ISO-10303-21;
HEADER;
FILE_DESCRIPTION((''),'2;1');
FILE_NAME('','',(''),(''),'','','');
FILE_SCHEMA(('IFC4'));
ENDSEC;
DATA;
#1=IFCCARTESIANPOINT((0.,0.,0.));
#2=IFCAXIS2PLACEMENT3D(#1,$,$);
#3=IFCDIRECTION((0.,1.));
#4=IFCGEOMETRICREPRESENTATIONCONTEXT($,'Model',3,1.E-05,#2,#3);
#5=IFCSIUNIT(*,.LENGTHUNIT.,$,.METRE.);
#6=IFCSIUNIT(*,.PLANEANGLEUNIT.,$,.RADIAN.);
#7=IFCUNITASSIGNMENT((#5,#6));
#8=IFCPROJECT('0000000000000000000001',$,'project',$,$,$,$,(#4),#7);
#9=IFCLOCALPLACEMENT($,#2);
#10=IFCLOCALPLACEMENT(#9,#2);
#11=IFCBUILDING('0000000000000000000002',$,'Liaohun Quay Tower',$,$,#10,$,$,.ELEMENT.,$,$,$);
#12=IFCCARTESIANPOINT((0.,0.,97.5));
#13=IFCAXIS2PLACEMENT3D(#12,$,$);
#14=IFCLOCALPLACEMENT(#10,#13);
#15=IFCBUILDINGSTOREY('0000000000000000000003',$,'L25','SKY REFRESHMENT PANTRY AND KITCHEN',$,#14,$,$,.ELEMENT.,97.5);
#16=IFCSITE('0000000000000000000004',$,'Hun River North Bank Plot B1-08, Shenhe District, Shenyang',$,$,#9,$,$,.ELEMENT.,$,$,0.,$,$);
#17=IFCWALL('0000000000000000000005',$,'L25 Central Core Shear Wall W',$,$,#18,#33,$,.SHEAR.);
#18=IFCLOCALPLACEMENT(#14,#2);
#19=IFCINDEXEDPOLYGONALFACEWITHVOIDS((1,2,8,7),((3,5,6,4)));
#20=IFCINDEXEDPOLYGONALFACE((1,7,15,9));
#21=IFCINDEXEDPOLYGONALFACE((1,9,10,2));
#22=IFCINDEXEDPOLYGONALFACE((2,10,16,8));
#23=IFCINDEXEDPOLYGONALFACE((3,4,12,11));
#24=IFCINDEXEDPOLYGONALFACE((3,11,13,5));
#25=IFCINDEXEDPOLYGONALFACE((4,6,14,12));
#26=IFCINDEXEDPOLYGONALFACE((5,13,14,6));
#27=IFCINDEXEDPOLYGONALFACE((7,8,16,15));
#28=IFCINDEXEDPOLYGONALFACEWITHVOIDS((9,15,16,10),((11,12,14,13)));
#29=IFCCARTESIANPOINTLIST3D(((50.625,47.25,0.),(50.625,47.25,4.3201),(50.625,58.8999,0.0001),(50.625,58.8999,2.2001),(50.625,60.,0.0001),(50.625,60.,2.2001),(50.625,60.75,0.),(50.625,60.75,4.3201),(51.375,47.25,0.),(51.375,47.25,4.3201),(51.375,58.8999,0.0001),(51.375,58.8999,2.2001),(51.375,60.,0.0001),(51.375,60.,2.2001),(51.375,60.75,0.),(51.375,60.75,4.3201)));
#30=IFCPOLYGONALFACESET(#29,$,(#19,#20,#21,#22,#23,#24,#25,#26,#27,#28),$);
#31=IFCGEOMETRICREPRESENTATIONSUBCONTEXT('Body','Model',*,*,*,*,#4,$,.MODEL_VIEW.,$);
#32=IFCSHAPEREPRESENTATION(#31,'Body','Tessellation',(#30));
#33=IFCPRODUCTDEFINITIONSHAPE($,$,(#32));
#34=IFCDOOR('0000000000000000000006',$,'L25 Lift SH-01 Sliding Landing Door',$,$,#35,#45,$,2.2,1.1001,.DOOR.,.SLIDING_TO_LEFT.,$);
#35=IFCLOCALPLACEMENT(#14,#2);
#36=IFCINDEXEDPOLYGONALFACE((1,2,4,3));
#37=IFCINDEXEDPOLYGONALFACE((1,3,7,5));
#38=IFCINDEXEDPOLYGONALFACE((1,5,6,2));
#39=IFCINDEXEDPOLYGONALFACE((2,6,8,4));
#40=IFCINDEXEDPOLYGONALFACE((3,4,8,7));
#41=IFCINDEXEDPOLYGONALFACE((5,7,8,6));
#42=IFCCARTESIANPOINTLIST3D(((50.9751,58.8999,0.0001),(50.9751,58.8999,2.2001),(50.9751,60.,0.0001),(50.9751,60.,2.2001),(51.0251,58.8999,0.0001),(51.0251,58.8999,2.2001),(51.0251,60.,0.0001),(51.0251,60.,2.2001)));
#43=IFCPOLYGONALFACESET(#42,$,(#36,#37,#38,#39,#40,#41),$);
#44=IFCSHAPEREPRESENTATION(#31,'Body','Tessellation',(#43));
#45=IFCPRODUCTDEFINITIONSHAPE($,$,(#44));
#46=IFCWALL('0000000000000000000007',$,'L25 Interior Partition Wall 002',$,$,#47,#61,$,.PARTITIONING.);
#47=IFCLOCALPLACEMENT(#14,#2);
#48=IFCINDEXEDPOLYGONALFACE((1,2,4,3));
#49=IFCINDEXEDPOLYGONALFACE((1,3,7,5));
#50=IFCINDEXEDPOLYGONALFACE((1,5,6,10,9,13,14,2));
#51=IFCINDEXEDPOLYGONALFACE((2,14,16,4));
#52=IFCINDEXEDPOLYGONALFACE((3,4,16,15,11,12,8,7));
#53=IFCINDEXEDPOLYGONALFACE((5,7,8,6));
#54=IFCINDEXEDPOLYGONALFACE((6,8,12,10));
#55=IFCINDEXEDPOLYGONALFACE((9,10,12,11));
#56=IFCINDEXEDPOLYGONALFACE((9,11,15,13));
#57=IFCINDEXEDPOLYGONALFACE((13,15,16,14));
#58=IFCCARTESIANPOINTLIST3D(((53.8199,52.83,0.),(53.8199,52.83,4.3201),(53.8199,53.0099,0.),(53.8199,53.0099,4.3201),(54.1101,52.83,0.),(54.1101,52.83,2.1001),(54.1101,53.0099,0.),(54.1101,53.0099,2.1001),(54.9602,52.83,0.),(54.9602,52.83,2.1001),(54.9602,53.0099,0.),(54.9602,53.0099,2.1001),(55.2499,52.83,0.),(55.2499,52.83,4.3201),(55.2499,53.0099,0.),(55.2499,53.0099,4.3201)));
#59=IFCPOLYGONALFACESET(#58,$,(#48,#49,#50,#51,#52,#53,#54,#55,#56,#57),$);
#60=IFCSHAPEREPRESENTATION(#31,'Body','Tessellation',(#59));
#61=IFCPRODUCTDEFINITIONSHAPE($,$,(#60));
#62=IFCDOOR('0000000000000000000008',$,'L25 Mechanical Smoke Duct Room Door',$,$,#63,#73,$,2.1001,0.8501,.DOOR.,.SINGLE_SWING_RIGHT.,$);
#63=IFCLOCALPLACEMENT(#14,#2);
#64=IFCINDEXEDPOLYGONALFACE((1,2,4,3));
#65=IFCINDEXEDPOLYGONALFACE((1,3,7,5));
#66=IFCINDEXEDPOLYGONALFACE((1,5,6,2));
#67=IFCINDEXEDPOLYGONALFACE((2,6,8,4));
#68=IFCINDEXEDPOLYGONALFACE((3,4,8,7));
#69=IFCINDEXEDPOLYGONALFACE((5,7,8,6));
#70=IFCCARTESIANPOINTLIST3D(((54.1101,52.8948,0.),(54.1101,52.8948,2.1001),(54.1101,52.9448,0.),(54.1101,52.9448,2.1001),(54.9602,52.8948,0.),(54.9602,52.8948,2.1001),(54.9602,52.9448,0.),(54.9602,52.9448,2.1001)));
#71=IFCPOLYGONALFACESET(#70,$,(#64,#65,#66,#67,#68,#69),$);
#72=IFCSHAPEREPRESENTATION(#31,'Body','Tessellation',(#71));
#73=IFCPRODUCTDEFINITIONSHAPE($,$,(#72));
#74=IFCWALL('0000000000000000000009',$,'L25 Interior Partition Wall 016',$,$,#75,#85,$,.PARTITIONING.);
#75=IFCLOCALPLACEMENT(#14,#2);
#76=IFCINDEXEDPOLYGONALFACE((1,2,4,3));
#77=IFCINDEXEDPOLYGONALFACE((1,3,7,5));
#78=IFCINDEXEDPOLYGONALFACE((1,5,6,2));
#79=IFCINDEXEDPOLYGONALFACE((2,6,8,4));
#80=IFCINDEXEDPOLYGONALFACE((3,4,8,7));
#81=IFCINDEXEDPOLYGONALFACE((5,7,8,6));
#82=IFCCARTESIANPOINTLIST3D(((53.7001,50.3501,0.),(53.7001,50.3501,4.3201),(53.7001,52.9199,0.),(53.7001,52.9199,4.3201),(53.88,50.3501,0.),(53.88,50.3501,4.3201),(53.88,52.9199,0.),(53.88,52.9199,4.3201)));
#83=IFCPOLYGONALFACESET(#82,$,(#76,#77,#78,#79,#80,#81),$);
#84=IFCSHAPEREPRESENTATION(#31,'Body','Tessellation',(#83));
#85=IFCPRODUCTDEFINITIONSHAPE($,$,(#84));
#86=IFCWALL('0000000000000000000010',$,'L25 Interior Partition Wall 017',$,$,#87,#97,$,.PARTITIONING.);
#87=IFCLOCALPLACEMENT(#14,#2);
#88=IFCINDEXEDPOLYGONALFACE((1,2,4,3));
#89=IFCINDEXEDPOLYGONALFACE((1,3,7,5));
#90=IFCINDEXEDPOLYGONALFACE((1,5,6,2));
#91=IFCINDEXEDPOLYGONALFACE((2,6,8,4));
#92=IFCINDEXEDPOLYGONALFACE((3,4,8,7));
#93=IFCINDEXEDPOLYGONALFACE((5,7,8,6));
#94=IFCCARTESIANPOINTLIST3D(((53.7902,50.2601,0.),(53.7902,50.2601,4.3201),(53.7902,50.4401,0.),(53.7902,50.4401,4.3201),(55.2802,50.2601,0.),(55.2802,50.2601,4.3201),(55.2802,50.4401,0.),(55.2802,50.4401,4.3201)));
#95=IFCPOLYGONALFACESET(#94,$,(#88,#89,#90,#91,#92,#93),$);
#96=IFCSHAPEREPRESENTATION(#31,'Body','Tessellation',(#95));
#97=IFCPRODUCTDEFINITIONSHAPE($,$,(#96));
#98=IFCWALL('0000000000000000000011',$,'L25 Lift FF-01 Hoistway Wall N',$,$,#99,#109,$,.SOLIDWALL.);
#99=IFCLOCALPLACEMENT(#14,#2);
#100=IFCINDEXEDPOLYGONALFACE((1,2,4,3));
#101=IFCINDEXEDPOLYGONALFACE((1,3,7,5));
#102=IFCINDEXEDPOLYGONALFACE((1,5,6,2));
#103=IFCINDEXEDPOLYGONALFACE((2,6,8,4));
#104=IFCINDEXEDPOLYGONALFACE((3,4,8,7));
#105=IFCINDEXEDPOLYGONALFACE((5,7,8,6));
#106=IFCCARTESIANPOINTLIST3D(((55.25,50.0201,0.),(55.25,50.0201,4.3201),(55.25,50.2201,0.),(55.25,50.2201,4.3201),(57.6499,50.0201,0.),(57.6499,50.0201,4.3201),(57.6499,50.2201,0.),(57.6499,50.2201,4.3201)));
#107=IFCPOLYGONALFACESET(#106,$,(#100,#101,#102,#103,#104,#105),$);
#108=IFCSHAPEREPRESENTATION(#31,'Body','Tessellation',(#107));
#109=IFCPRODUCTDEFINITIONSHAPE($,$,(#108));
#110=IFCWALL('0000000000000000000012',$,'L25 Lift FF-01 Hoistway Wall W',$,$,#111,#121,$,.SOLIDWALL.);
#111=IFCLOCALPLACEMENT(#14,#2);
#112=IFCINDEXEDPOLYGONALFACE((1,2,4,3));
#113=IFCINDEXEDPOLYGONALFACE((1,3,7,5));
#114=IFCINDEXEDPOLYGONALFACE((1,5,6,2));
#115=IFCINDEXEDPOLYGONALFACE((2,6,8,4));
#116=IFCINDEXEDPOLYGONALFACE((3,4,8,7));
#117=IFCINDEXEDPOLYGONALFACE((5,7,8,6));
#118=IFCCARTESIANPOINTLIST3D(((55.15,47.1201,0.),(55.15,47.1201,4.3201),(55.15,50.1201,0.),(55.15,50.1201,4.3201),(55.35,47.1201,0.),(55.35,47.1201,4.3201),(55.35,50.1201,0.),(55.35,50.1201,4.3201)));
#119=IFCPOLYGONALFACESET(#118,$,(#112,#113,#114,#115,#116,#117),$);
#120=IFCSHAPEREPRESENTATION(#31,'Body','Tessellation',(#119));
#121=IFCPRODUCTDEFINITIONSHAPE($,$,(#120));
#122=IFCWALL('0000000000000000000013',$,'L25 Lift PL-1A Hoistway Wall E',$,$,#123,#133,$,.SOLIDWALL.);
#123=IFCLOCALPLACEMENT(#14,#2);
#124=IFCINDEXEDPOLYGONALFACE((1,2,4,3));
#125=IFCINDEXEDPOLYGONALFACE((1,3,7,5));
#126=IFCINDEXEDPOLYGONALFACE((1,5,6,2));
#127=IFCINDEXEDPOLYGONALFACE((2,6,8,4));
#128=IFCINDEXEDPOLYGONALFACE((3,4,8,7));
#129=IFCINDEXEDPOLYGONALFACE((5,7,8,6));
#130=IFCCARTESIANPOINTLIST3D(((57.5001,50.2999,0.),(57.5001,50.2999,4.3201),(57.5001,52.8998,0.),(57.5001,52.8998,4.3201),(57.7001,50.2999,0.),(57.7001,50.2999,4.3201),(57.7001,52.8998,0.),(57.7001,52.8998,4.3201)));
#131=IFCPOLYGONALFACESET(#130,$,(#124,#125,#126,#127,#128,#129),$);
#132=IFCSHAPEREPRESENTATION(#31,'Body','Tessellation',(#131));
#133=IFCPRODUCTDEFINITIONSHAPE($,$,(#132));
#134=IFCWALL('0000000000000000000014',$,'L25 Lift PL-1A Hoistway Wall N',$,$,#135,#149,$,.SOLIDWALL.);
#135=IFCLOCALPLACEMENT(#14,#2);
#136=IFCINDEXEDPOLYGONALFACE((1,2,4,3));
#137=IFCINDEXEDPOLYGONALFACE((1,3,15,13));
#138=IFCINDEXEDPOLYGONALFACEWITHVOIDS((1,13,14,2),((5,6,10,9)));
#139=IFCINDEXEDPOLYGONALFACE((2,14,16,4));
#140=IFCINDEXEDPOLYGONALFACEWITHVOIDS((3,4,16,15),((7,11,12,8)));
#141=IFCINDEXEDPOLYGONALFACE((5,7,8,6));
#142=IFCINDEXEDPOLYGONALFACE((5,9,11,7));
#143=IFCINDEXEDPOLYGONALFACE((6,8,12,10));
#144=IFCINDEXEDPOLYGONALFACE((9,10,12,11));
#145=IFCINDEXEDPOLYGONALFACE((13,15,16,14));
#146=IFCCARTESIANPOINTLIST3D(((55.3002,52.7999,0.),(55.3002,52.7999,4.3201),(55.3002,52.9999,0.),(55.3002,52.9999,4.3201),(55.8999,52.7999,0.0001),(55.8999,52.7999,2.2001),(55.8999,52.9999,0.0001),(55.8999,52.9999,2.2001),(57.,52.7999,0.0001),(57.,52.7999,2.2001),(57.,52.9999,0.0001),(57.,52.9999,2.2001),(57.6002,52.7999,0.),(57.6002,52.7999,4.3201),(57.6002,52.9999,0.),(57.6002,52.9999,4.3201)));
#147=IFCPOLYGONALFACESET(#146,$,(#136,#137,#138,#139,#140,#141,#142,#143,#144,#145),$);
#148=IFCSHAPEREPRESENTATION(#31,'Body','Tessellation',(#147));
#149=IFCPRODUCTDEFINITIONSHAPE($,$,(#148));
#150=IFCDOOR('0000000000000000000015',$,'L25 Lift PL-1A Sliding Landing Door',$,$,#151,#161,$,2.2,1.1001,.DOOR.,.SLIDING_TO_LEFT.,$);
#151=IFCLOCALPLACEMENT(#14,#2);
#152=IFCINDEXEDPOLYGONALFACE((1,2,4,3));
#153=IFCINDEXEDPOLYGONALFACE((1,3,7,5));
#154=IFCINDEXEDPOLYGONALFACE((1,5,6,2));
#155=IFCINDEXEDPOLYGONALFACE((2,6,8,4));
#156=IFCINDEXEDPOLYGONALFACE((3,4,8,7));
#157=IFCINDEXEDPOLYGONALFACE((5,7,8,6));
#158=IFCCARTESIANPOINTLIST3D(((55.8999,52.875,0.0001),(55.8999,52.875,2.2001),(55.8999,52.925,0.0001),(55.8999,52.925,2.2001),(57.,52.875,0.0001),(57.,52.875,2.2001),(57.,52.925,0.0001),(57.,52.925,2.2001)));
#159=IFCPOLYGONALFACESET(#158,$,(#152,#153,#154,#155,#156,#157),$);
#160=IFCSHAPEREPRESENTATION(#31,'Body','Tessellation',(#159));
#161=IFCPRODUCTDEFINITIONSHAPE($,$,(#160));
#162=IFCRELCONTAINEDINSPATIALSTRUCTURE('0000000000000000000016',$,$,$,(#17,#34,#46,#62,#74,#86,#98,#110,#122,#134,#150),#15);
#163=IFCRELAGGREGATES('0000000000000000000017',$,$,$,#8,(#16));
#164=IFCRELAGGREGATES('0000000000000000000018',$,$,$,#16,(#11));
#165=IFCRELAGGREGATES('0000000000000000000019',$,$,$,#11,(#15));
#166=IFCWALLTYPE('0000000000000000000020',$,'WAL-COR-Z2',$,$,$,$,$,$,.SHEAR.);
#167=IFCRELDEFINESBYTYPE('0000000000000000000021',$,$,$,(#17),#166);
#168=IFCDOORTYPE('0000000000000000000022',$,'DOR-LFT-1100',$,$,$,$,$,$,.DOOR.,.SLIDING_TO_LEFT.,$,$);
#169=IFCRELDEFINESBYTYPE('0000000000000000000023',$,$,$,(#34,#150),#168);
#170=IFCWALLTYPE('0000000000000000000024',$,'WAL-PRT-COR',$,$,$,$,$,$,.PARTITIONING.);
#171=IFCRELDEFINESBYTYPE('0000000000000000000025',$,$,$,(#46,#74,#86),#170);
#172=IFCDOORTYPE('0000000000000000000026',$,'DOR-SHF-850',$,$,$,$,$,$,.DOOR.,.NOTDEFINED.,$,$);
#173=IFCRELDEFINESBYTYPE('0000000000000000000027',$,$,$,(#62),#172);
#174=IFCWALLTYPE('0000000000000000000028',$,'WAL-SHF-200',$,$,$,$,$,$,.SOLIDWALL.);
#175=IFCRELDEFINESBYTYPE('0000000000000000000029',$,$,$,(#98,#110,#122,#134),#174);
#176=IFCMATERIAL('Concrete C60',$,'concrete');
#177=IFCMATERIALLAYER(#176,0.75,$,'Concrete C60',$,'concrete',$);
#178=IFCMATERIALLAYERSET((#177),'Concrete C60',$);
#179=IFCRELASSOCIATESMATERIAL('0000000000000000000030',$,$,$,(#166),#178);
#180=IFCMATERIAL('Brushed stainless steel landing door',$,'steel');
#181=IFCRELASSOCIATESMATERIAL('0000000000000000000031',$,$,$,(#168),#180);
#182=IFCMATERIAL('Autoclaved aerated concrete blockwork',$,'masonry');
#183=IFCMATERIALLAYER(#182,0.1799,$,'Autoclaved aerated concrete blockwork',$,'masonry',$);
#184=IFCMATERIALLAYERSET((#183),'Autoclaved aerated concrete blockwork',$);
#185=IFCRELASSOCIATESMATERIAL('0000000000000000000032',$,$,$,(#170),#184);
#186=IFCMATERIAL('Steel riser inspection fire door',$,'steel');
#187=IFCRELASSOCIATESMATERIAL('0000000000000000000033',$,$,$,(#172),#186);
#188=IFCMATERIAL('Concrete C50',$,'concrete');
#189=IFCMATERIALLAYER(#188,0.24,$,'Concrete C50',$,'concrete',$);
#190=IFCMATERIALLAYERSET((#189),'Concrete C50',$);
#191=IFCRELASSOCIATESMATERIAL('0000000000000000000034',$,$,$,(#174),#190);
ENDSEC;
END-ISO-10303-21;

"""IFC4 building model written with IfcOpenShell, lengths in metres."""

from ifc_helpers import new_model, si_unit, direction, frame, frame_2d, origin, place, context, subcontext, project, spatial, rectangle, extrude, source, transform, mapped, material, layer, layer_set, type_object, element, fill, save


model = new_model("IFC4")

# Units and contexts
model_context = context("Model", 3, precision=1e-05, world=origin(), true_north=direction((0.0, 1.0)))
body_context = subcontext(model_context, "Body", "Model", "MODEL_VIEW")
ifc_project = project(units=[si_unit("LENGTHUNIT", "METRE"), si_unit("PLANEANGLEUNIT", "RADIAN")], contexts=[model_context])

# Site, building, storey
site_placement = place(None, origin())
site = spatial("IfcSite", under=ifc_project, at=site_placement, Name="Hun River North Bank Plot B1-08, Shenhe District, Shenyang", CompositionType="ELEMENT", RefElevation=0.0)
building_placement = place(site_placement, origin())
building = spatial("IfcBuilding", under=site, at=building_placement, Name="Liaohun Quay Tower", CompositionType="ELEMENT")
storey_placement = place(building_placement, frame((0.0, 0.0, 97.5)))
storey = spatial("IfcBuildingStorey", under=building, at=storey_placement, Name="L25", Description="SKY REFRESHMENT PANTRY AND KITCHEN", CompositionType="ELEMENT", Elevation=97.5)

# Walls, openings, doors
ifc_material_1 = material(Name="Concrete C60", Category="concrete")
ifc_layer_1 = layer(ifc_material_1, 0.75, Name="Concrete C60", Category="concrete")
ifc_layer_set_1 = layer_set([ifc_layer_1], Name="Concrete C60")
wall_type_1 = type_object("IfcWallType", Name="WAL-COR-Z2", PredefinedType="SHEAR", material=ifc_layer_set_1)
wall_1_placement = place(storey_placement, frame((51.0, 47.25, 0.0), z_axis=(0.0, 0.0, 1.0), x_axis=(0.0, 1.0, 0.0)))
wall_1 = element("IfcWall", 1, at=wall_1_placement, inside=storey, type_object=wall_type_1, Name="L25 Central Core Shear Wall W", PredefinedType="SHEAR", context=body_context, shape_type="SweptSolid", body=[
    extrude(rectangle(XDim=13.5, YDim=0.75, at=frame_2d((6.75, 0.0))), origin(), (0.0, 0.0, 1.0), 4.3201),
])
shared_shape_1 = source(origin(), body_context, "Body", "SweptSolid", [
    extrude(rectangle(XDim=1.1001, YDim=2.2, at=frame_2d((0.55, 1.1001))), frame((0.0, 0.385, 0.0), z_axis=(0.0, -1.0, 0.0), x_axis=(1.0, 0.0, 0.0)), (0.0, 0.0, 1.0), 0.77),
])
opening_1_placement = place(wall_1_placement, frame((11.6499, 0.0, 0.0)))
opening_1 = element("IfcOpeningElement", 2, at=opening_1_placement, cuts=wall_1, PredefinedType="OPENING", context=body_context, shape_type="MappedRepresentation", body=[
    mapped(shared_shape_1, transform((0.0, 0.0, 0.0), x_axis=(1.0, 0.0, 0.0), y_axis=(0.0, 1.0, 0.0), z_axis=(0.0, 0.0, 1.0), scale=1.0)),
])
ifc_material_2 = material(Name="Brushed stainless steel landing door", Category="steel")
door_type_1 = type_object("IfcDoorType", Name="DOR-LFT-1100", OperationType="SLIDING_TO_LEFT", PredefinedType="DOOR", material=ifc_material_2)
shared_shape_2 = source(origin(), body_context, "Body", "SweptSolid", [
    extrude(rectangle(XDim=1.1001, YDim=2.2, at=frame_2d((0.55, 1.1001))), frame((0.0, 0.0249, 0.0), z_axis=(0.0, -1.0, 0.0), x_axis=(1.0, 0.0, 0.0)), (0.0, 0.0, 1.0), 0.05),
])
door_1_placement = place(opening_1_placement, origin())
door_1 = element("IfcDoor", 3, at=door_1_placement, inside=storey, type_object=door_type_1, Name="L25 Lift SH-01 Sliding Landing Door", OperationType="SLIDING_TO_LEFT", OverallHeight=2.2, OverallWidth=1.1001, PredefinedType="DOOR", context=body_context, shape_type="MappedRepresentation", body=[
    mapped(shared_shape_2, transform((0.0, 0.0, 0.0), x_axis=(1.0, 0.0, 0.0), y_axis=(0.0, 1.0, 0.0), z_axis=(0.0, 0.0, 1.0), scale=1.0)),
])
fill(opening_1, door_1)
ifc_material_3 = material(Name="Autoclaved aerated concrete blockwork", Category="masonry")
ifc_layer_2 = layer(ifc_material_3, 0.1799, Name="Autoclaved aerated concrete blockwork", Category="masonry")
ifc_layer_set_2 = layer_set([ifc_layer_2], Name="Autoclaved aerated concrete blockwork")
wall_type_2 = type_object("IfcWallType", Name="WAL-PRT-COR", PredefinedType="PARTITIONING", material=ifc_layer_set_2)
wall_2_placement = place(storey_placement, frame((53.8201, 52.9199, 0.0), z_axis=(0.0, 0.0, 1.0), x_axis=(1.0, 0.0, 0.0)))
wall_2 = element("IfcWall", 4, at=wall_2_placement, inside=storey, type_object=wall_type_2, Name="L25 Interior Partition Wall 002", PredefinedType="PARTITIONING", context=body_context, shape_type="SweptSolid", body=[
    extrude(rectangle(XDim=1.4299, YDim=0.1799, at=frame_2d((0.7148, 0.0))), origin(), (0.0, 0.0, 1.0), 4.3201),
])
shared_shape_3 = source(origin(), body_context, "Body", "SweptSolid", [
    extrude(rectangle(XDim=0.8501, YDim=2.1001, at=frame_2d((0.425, 1.05))), frame((0.0, 0.0999, 0.0), z_axis=(0.0, -1.0, 0.0), x_axis=(1.0, 0.0, 0.0)), (0.0, 0.0, 1.0), 0.2),
])
opening_2_placement = place(wall_2_placement, frame((0.29, 0.0, 0.0)))
opening_2 = element("IfcOpeningElement", 5, at=opening_2_placement, cuts=wall_2, PredefinedType="OPENING", context=body_context, shape_type="MappedRepresentation", body=[
    mapped(shared_shape_3, transform((0.0, 0.0, 0.0), x_axis=(1.0, 0.0, 0.0), y_axis=(0.0, 1.0, 0.0), z_axis=(0.0, 0.0, 1.0), scale=1.0)),
])
ifc_material_4 = material(Name="Steel riser inspection fire door", Category="steel")
door_type_2 = type_object("IfcDoorType", Name="DOR-SHF-850", OperationType="NOTDEFINED", PredefinedType="DOOR", material=ifc_material_4)
shared_shape_4 = source(origin(), body_context, "Body", "SweptSolid", [
    extrude(rectangle(XDim=0.8501, YDim=2.1001, at=frame_2d((0.425, 1.05))), frame((0.0, 0.0249, 0.0), z_axis=(0.0, -1.0, 0.0), x_axis=(1.0, 0.0, 0.0)), (0.0, 0.0, 1.0), 0.05),
])
door_2_placement = place(opening_2_placement, origin())
door_2 = element("IfcDoor", 6, at=door_2_placement, inside=storey, type_object=door_type_2, Name="L25 Mechanical Smoke Duct Room Door", OperationType="SINGLE_SWING_RIGHT", OverallHeight=2.1001, OverallWidth=0.8501, PredefinedType="DOOR", context=body_context, shape_type="MappedRepresentation", body=[
    mapped(shared_shape_4, transform((0.0, 0.0, 0.0), x_axis=(1.0, 0.0, 0.0), y_axis=(0.0, 1.0, 0.0), z_axis=(0.0, 0.0, 1.0), scale=1.0)),
])
fill(opening_2, door_2)

# Walls
wall_3_placement = place(storey_placement, frame((53.79, 50.3501, 0.0), z_axis=(0.0, 0.0, 1.0), x_axis=(0.0, 1.0, 0.0)))
element("IfcWall", 7, at=wall_3_placement, inside=storey, type_object=wall_type_2, Name="L25 Interior Partition Wall 016", PredefinedType="PARTITIONING", context=body_context, shape_type="SweptSolid", body=[
    extrude(rectangle(XDim=2.5698, YDim=0.1799, at=frame_2d((1.2849, 0.0))), origin(), (0.0, 0.0, 1.0), 4.3201),
])
wall_4_placement = place(storey_placement, frame((53.79, 50.3501, 0.0), z_axis=(0.0, 0.0, 1.0), x_axis=(1.0, 0.0, 0.0)))
element("IfcWall", 8, at=wall_4_placement, inside=storey, type_object=wall_type_2, Name="L25 Interior Partition Wall 017", PredefinedType="PARTITIONING", context=body_context, shape_type="SweptSolid", body=[
    extrude(rectangle(XDim=1.49, YDim=0.1799, at=frame_2d((0.7451, 0.0))), origin(), (0.0, 0.0, 1.0), 4.3201),
])
ifc_material_5 = material(Name="Concrete C50", Category="concrete")
ifc_layer_3 = layer(ifc_material_5, 0.24, Name="Concrete C50", Category="concrete")
ifc_layer_set_3 = layer_set([ifc_layer_3], Name="Concrete C50")
wall_type_3 = type_object("IfcWallType", Name="WAL-SHF-200", PredefinedType="SOLIDWALL", material=ifc_layer_set_3)
wall_5_placement = place(storey_placement, frame((57.6499, 50.1201, 0.0), z_axis=(0.0, 0.0, 1.0), x_axis=(-1.0, 0.0, 0.0)))
element("IfcWall", 9, at=wall_5_placement, inside=storey, type_object=wall_type_3, Name="L25 Lift FF-01 Hoistway Wall N", PredefinedType="SOLIDWALL", context=body_context, shape_type="SweptSolid", body=[
    extrude(rectangle(XDim=2.3999, YDim=0.2, at=frame_2d((1.2, 0.0))), origin(), (0.0, 0.0, 1.0), 4.3201),
])
wall_6_placement = place(storey_placement, frame((55.25, 50.1201, 0.0), z_axis=(0.0, 0.0, 1.0), x_axis=(0.0, -1.0, 0.0)))
element("IfcWall", 10, at=wall_6_placement, inside=storey, type_object=wall_type_3, Name="L25 Lift FF-01 Hoistway Wall W", PredefinedType="SOLIDWALL", context=body_context, shape_type="SweptSolid", body=[
    extrude(rectangle(XDim=3.0, YDim=0.2, at=frame_2d((1.5, 0.0))), origin(), (0.0, 0.0, 1.0), 4.3201),
])
wall_7_placement = place(storey_placement, frame((57.6001, 50.3, 0.0), z_axis=(0.0, 0.0, 1.0), x_axis=(0.0, 1.0, 0.0)))
element("IfcWall", 11, at=wall_7_placement, inside=storey, type_object=wall_type_3, Name="L25 Lift PL-1A Hoistway Wall E", PredefinedType="SOLIDWALL", context=body_context, shape_type="SweptSolid", body=[
    extrude(rectangle(XDim=2.5999, YDim=0.2, at=frame_2d((1.2998, 0.0))), origin(), (0.0, 0.0, 1.0), 4.3201),
])

# Wall, opening, door
wall_8_placement = place(storey_placement, frame((57.6001, 52.8999, 0.0), z_axis=(0.0, 0.0, 1.0), x_axis=(-1.0, 0.0, 0.0)))
wall_8 = element("IfcWall", 12, at=wall_8_placement, inside=storey, type_object=wall_type_3, Name="L25 Lift PL-1A Hoistway Wall N", PredefinedType="SOLIDWALL", context=body_context, shape_type="SweptSolid", body=[
    extrude(rectangle(XDim=2.3, YDim=0.2, at=frame_2d((1.1499, 0.0))), origin(), (0.0, 0.0, 1.0), 4.3201),
])
shared_shape_5 = source(origin(), body_context, "Body", "SweptSolid", [
    extrude(rectangle(XDim=1.1001, YDim=2.2, at=frame_2d((0.55, 1.1001))), frame((0.0, 0.1099, 0.0), z_axis=(0.0, -1.0, 0.0), x_axis=(1.0, 0.0, 0.0)), (0.0, 0.0, 1.0), 0.22),
])
opening_3_placement = place(wall_8_placement, frame((0.6001, 0.0, 0.0)))
opening_3 = element("IfcOpeningElement", 13, at=opening_3_placement, cuts=wall_8, PredefinedType="OPENING", context=body_context, shape_type="MappedRepresentation", body=[
    mapped(shared_shape_5, transform((0.0, 0.0, 0.0), x_axis=(1.0, 0.0, 0.0), y_axis=(0.0, 1.0, 0.0), z_axis=(0.0, 0.0, 1.0), scale=1.0)),
])
door_3_placement = place(opening_3_placement, origin())
door_3 = element("IfcDoor", 14, at=door_3_placement, inside=storey, type_object=door_type_1, Name="L25 Lift PL-1A Sliding Landing Door", OperationType="SLIDING_TO_LEFT", OverallHeight=2.2, OverallWidth=1.1001, PredefinedType="DOOR", context=body_context, shape_type="MappedRepresentation", body=[
    mapped(shared_shape_2, transform((0.0, 0.0, 0.0), x_axis=(1.0, 0.0, 0.0), y_axis=(0.0, 1.0, 0.0), z_axis=(0.0, 0.0, 1.0), scale=1.0)),
])
fill(opening_3, door_3)

save(model, "model.ifc")
